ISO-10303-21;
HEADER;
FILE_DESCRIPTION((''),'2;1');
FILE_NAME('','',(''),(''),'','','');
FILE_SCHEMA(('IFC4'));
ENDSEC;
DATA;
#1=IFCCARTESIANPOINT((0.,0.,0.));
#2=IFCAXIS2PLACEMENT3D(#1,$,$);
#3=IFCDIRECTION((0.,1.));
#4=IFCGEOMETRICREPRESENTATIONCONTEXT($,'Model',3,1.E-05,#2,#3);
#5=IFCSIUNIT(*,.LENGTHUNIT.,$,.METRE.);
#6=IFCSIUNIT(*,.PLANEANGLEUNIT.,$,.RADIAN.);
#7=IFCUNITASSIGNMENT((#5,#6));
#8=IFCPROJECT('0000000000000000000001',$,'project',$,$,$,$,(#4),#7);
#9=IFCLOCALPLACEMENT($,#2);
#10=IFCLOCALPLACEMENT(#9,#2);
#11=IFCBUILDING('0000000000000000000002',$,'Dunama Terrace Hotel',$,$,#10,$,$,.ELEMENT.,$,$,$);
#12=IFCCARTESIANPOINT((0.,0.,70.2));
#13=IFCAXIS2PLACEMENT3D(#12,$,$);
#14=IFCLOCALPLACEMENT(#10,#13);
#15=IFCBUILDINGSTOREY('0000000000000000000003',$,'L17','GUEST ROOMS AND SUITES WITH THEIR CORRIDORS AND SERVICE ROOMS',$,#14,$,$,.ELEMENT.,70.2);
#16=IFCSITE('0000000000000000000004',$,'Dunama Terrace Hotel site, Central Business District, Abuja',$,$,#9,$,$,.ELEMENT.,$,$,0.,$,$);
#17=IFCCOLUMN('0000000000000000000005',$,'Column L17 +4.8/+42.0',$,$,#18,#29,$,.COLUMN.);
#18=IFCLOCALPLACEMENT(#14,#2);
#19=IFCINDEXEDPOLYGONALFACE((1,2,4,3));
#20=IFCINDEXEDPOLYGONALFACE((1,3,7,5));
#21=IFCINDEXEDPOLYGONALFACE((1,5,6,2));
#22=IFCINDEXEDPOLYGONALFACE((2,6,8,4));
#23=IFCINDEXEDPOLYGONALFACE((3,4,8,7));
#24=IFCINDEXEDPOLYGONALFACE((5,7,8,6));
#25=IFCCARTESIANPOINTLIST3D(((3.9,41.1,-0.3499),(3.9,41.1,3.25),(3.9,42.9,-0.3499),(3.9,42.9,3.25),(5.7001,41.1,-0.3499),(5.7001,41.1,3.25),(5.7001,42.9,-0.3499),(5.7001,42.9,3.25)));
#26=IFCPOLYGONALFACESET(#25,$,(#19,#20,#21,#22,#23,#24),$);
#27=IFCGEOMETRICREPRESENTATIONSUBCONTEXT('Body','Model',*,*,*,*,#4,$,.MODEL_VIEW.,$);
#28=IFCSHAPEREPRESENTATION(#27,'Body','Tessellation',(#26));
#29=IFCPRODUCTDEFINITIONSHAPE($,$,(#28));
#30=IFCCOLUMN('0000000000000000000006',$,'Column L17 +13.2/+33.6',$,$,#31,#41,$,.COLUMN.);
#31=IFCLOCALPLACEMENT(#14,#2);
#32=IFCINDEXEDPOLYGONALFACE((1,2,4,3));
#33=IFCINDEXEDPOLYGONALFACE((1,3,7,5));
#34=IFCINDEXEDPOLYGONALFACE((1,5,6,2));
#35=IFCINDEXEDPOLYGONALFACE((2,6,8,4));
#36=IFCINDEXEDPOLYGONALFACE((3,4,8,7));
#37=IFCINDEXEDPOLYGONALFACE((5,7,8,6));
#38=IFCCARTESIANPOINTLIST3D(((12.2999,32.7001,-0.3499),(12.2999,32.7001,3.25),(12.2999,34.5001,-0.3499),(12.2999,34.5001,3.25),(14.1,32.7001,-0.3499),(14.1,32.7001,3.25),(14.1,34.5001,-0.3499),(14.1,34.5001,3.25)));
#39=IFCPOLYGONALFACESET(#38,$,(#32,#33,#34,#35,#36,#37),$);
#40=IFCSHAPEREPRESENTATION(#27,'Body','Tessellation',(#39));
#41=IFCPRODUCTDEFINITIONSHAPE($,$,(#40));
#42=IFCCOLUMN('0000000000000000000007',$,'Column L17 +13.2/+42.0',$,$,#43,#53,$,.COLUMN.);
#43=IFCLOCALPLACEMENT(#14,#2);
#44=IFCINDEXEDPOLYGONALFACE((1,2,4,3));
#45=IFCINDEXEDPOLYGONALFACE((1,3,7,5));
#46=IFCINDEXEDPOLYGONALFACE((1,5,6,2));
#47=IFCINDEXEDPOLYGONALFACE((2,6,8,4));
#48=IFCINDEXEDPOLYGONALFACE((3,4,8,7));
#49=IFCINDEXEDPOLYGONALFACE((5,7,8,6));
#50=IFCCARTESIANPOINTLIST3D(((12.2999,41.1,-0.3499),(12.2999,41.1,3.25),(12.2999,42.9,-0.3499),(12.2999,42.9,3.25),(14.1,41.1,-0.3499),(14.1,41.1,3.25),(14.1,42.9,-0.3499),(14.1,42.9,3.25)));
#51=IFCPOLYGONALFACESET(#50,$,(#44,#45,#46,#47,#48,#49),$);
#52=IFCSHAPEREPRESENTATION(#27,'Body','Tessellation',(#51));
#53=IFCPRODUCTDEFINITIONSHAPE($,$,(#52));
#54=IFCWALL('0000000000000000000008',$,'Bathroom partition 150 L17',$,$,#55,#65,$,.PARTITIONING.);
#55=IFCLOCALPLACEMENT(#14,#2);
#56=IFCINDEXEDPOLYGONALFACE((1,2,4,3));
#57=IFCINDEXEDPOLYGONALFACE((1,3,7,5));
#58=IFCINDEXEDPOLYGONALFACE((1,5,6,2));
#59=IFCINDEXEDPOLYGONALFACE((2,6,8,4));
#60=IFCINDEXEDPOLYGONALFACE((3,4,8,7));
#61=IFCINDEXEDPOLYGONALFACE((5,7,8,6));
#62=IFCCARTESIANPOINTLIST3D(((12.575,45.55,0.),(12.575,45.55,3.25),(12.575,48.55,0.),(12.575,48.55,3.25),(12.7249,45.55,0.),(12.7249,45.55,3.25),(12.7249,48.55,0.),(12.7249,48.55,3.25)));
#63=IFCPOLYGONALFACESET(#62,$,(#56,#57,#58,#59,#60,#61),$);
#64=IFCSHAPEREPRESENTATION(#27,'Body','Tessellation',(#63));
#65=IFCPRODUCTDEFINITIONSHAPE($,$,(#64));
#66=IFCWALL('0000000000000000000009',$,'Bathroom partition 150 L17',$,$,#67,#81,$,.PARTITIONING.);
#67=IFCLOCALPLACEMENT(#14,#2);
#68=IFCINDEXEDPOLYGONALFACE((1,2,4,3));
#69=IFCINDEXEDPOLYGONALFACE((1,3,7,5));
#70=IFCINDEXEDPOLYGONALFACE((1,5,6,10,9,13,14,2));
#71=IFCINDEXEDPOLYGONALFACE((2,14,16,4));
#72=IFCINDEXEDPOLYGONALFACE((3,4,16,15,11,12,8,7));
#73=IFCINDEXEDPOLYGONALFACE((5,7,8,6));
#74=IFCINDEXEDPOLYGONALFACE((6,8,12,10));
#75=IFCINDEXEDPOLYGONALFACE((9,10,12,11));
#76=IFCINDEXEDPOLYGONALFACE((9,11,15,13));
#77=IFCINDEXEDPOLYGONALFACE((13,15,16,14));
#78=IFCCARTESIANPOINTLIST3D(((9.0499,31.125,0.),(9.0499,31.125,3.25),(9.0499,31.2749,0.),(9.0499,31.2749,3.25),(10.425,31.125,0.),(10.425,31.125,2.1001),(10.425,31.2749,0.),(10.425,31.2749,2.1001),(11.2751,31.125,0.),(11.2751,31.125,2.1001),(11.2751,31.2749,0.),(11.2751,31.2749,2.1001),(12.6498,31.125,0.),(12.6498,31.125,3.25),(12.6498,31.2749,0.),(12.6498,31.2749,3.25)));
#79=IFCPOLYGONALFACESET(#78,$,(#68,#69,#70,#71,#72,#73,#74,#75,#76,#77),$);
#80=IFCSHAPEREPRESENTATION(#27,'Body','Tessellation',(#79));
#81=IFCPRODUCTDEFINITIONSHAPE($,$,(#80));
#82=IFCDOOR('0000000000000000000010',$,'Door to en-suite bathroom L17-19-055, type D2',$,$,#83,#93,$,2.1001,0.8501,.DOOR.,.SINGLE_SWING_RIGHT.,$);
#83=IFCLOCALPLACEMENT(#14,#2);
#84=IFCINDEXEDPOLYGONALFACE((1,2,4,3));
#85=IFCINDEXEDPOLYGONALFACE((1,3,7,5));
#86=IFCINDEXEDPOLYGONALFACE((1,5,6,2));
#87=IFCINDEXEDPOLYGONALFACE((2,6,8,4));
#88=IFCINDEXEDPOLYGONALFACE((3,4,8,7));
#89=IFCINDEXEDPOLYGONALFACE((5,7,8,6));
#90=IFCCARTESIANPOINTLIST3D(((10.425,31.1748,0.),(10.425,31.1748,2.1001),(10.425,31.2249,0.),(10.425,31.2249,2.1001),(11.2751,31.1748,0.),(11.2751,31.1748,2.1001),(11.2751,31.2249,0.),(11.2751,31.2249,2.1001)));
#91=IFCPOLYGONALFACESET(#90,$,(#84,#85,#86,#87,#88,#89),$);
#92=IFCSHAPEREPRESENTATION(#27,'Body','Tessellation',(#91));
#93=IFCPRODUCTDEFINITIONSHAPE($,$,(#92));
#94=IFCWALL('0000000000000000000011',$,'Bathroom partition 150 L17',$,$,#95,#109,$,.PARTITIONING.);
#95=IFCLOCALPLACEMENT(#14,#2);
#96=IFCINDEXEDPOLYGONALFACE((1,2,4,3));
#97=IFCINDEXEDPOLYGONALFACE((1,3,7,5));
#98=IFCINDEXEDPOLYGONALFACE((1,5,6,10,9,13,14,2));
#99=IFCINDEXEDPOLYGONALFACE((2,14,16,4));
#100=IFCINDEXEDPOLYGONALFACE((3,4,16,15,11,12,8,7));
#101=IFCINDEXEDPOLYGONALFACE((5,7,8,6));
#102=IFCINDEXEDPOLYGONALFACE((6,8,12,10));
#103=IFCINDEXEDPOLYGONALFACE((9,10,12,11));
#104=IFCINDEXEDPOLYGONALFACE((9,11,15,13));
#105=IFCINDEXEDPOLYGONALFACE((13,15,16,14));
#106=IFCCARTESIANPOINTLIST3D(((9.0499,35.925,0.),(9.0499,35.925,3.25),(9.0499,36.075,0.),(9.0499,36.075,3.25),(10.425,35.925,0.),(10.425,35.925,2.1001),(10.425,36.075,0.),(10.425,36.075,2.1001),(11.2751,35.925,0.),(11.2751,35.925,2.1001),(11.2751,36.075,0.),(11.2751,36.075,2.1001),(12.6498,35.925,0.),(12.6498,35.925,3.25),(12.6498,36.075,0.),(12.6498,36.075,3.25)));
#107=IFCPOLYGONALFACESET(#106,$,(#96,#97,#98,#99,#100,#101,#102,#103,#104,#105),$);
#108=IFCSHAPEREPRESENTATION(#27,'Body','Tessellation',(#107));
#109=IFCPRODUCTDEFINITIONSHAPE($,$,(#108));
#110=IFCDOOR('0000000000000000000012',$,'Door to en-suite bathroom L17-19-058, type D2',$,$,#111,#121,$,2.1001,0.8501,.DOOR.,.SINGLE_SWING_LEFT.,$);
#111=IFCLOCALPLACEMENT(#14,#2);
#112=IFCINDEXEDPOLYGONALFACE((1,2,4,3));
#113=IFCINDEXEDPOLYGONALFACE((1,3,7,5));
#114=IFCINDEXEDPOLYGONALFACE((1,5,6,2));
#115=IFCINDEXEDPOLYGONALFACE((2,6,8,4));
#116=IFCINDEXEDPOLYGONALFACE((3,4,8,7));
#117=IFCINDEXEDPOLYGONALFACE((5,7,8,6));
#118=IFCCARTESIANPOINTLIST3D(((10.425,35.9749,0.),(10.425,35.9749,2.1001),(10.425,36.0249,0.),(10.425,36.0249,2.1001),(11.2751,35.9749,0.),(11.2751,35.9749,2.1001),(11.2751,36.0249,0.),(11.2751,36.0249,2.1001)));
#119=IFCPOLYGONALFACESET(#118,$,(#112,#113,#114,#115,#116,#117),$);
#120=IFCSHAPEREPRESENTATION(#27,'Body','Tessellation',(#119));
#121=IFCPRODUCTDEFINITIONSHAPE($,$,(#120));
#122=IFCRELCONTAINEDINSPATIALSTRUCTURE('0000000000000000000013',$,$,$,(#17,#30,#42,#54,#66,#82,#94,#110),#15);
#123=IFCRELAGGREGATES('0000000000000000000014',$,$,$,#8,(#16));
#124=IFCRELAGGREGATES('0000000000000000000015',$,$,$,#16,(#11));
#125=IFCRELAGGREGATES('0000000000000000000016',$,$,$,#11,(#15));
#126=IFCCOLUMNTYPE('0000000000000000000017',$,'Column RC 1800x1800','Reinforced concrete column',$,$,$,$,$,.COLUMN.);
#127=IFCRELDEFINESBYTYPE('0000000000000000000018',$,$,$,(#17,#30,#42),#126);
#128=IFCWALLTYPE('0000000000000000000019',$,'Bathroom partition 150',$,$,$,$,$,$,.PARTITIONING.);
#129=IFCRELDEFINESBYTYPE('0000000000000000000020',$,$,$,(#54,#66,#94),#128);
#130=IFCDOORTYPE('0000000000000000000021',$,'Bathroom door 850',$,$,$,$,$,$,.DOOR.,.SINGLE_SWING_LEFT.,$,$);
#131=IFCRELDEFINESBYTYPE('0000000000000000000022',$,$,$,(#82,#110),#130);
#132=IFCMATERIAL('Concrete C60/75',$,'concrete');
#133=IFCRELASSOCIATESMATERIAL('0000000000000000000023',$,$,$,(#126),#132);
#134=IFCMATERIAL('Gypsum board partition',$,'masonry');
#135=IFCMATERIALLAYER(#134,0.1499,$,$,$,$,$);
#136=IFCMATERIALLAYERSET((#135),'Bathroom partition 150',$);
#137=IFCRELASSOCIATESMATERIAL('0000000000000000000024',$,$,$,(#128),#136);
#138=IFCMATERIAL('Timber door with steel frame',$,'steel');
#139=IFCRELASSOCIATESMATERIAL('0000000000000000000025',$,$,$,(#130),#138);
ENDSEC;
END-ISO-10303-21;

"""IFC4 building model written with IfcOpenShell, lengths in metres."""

from ifc_helpers import new_model, si_unit, direction, frame, frame_2d, origin, origin_2d, place, context, subcontext, project, spatial, rectangle, extrude, material, layer, layer_set, material_profile, profile_set, type_object, element, fill, save


model = new_model("IFC4")

# Units and contexts
model_context = context("Model", 3, precision=1e-05, world=origin(), true_north=direction((0.0, 1.0)))
body_context = subcontext(model_context, "Body", "Model", "MODEL_VIEW")
ifc_project = project(units=[si_unit("LENGTHUNIT", "METRE"), si_unit("PLANEANGLEUNIT", "RADIAN")], contexts=[model_context])

# Site, building, storey
site_placement = place(None, origin())
site = spatial("IfcSite", under=ifc_project, at=site_placement, Name="Dunama Terrace Hotel site, Central Business District, Abuja", CompositionType="ELEMENT", RefElevation=0.0)
building_placement = place(site_placement, origin())
building = spatial("IfcBuilding", under=site, at=building_placement, Name="Dunama Terrace Hotel", CompositionType="ELEMENT")
storey_placement = place(building_placement, frame((0.0, 0.0, 70.2)))
storey = spatial("IfcBuildingStorey", under=building, at=storey_placement, Name="L17", Description="GUEST ROOMS AND SUITES WITH THEIR CORRIDORS AND SERVICE ROOMS", CompositionType="ELEMENT", Elevation=70.2)

# Columns
ifc_material_1 = material(Name="Concrete C60/75", Category="concrete")
ifc_material_profile = material_profile(ifc_material_1, rectangle(XDim=1.8, YDim=1.8, at=origin_2d()), Name="RC 1800x1800")
ifc_profile_set = profile_set([ifc_material_profile], Name="Concrete C60/75")
column_type = type_object("IfcColumnType", Name="Column RC 1800x1800", Description="Reinforced concrete column", PredefinedType="COLUMN", material=ifc_profile_set)
for number, where, z_axis, x_axis, name in (
    (1, (4.8, 42.0, -0.3499), (0.0, 0.0, 1.0), (1.0, 0.0, 0.0), "Column L17 +4.8/+42.0"),
    (2, (13.2, 33.6001, -0.3499), (0.0, 0.0, 1.0), (1.0, 0.0, 0.0), "Column L17 +13.2/+33.6"),
    (3, (13.2, 42.0, -0.3499), (0.0, 0.0, 1.0), (1.0, 0.0, 0.0), "Column L17 +13.2/+42.0"),
):
    element("IfcColumn", number, at=place(storey_placement, frame(where, z_axis=z_axis, x_axis=x_axis)), inside=storey, type_object=column_type, Name=name, PredefinedType="COLUMN", context=body_context, shape_type="SweptSolid", body=[
        extrude(rectangle(XDim=1.8, YDim=1.8, at=origin_2d()), origin(), (0.0, 0.0, 1.0), 3.5999),
    ])

# Wall
ifc_material_2 = material(Name="Gypsum board partition", Category="masonry")
ifc_layer_1 = layer(ifc_material_2, 0.1499)
ifc_layer_set_1 = layer_set([ifc_layer_1], Name="Bathroom partition 150")
wall_type_1 = type_object("IfcWallType", Name="Bathroom partition 150", PredefinedType="PARTITIONING", material=ifc_layer_set_1)
wall_1_placement = place(storey_placement, frame((12.6499, 45.55, 0.0), z_axis=(0.0, 0.0, 1.0), x_axis=(0.0, 1.0, 0.0)))
element("IfcWall", 4, at=wall_1_placement, inside=storey, type_object=wall_type_1, Name="Bathroom partition 150 L17", PredefinedType="PARTITIONING", context=body_context, shape_type="SweptSolid", body=[
    extrude(rectangle(XDim=3.0, YDim=0.1499, at=frame_2d((1.5, 0.0))), origin(), (0.0, 0.0, 1.0), 3.25),
])

# Walls, openings, doors
wall_2_placement = place(storey_placement, frame((9.05, 31.2, 0.0), z_axis=(0.0, 0.0, 1.0), x_axis=(1.0, 0.0, 0.0)))
wall_2 = element("IfcWall", 5, at=wall_2_placement, inside=storey, type_object=wall_type_1, Name="Bathroom partition 150 L17", PredefinedType="PARTITIONING", context=body_context, shape_type="SweptSolid", body=[
    extrude(rectangle(XDim=3.5999, YDim=0.1499, at=frame_2d((1.7998, 0.0))), origin(), (0.0, 0.0, 1.0), 3.25),
])
opening_1_placement = place(wall_2_placement, frame((1.375, 0.0, 0.0)))
opening_1 = element("IfcOpeningElement", 6, at=opening_1_placement, cuts=wall_2, PredefinedType="OPENING", context=body_context, shape_type="SweptSolid", body=[
    extrude(rectangle(XDim=0.8501, YDim=2.1001, at=frame_2d((0.425, 1.05))), frame((0.0, 0.085, 0.0), z_axis=(0.0, -1.0, 0.0), x_axis=(1.0, 0.0, 0.0)), (0.0, 0.0, 1.0), 0.1699),
])
ifc_material_3 = material(Name="Timber door with steel frame", Category="steel")
door_type_1 = type_object("IfcDoorType", Name="Bathroom door 850", OperationType="SINGLE_SWING_LEFT", PredefinedType="DOOR", material=ifc_material_3)
door_1_placement = place(opening_1_placement, origin())
door_1 = element("IfcDoor", 7, at=door_1_placement, inside=storey, type_object=door_type_1, Name="Door to en-suite bathroom L17-19-055, type D2", OperationType="SINGLE_SWING_RIGHT", OverallHeight=2.1001, OverallWidth=0.8501, PredefinedType="DOOR", context=body_context, shape_type="SweptSolid", body=[
    extrude(rectangle(XDim=0.8501, YDim=2.1001, at=frame_2d((0.425, 1.05))), frame((0.0, 0.0249, 0.0), z_axis=(0.0, -1.0, 0.0), x_axis=(1.0, 0.0, 0.0)), (0.0, 0.0, 1.0), 0.05),
])
fill(opening_1, door_1)
wall_3_placement = place(storey_placement, frame((9.05, 36.0, 0.0), z_axis=(0.0, 0.0, 1.0), x_axis=(1.0, 0.0, 0.0)))
wall_3 = element("IfcWall", 8, at=wall_3_placement, inside=storey, type_object=wall_type_1, Name="Bathroom partition 150 L17", PredefinedType="PARTITIONING", context=body_context, shape_type="SweptSolid", body=[
    extrude(rectangle(XDim=3.5999, YDim=0.1499, at=frame_2d((1.7998, 0.0))), origin(), (0.0, 0.0, 1.0), 3.25),
])
opening_2_placement = place(wall_3_placement, frame((1.375, 0.0, 0.0)))
opening_2 = element("IfcOpeningElement", 9, at=opening_2_placement, cuts=wall_3, PredefinedType="OPENING", context=body_context, shape_type="SweptSolid", body=[
    extrude(rectangle(XDim=0.8501, YDim=2.1001, at=frame_2d((0.425, 1.05))), frame((0.0, 0.085, 0.0), z_axis=(0.0, -1.0, 0.0), x_axis=(1.0, 0.0, 0.0)), (0.0, 0.0, 1.0), 0.1699),
])
door_2_placement = place(opening_2_placement, frame((0.8501, 0.0, 0.0), z_axis=(0.0, 0.0, 1.0), x_axis=(-1.0, 0.0, 0.0)))
door_2 = element("IfcDoor", 10, at=door_2_placement, inside=storey, type_object=door_type_1, Name="Door to en-suite bathroom L17-19-058, type D2", OperationType="SINGLE_SWING_LEFT", OverallHeight=2.1001, OverallWidth=0.8501, PredefinedType="DOOR", context=body_context, shape_type="SweptSolid", body=[
    extrude(rectangle(XDim=0.8501, YDim=2.1001, at=frame_2d((0.425, 1.05))), frame((0.0, 0.0251, 0.0), z_axis=(0.0, -1.0, 0.0), x_axis=(1.0, 0.0, 0.0)), (0.0, 0.0, 1.0), 0.05),
])
fill(opening_2, door_2)

save(model, "model.ifc")
